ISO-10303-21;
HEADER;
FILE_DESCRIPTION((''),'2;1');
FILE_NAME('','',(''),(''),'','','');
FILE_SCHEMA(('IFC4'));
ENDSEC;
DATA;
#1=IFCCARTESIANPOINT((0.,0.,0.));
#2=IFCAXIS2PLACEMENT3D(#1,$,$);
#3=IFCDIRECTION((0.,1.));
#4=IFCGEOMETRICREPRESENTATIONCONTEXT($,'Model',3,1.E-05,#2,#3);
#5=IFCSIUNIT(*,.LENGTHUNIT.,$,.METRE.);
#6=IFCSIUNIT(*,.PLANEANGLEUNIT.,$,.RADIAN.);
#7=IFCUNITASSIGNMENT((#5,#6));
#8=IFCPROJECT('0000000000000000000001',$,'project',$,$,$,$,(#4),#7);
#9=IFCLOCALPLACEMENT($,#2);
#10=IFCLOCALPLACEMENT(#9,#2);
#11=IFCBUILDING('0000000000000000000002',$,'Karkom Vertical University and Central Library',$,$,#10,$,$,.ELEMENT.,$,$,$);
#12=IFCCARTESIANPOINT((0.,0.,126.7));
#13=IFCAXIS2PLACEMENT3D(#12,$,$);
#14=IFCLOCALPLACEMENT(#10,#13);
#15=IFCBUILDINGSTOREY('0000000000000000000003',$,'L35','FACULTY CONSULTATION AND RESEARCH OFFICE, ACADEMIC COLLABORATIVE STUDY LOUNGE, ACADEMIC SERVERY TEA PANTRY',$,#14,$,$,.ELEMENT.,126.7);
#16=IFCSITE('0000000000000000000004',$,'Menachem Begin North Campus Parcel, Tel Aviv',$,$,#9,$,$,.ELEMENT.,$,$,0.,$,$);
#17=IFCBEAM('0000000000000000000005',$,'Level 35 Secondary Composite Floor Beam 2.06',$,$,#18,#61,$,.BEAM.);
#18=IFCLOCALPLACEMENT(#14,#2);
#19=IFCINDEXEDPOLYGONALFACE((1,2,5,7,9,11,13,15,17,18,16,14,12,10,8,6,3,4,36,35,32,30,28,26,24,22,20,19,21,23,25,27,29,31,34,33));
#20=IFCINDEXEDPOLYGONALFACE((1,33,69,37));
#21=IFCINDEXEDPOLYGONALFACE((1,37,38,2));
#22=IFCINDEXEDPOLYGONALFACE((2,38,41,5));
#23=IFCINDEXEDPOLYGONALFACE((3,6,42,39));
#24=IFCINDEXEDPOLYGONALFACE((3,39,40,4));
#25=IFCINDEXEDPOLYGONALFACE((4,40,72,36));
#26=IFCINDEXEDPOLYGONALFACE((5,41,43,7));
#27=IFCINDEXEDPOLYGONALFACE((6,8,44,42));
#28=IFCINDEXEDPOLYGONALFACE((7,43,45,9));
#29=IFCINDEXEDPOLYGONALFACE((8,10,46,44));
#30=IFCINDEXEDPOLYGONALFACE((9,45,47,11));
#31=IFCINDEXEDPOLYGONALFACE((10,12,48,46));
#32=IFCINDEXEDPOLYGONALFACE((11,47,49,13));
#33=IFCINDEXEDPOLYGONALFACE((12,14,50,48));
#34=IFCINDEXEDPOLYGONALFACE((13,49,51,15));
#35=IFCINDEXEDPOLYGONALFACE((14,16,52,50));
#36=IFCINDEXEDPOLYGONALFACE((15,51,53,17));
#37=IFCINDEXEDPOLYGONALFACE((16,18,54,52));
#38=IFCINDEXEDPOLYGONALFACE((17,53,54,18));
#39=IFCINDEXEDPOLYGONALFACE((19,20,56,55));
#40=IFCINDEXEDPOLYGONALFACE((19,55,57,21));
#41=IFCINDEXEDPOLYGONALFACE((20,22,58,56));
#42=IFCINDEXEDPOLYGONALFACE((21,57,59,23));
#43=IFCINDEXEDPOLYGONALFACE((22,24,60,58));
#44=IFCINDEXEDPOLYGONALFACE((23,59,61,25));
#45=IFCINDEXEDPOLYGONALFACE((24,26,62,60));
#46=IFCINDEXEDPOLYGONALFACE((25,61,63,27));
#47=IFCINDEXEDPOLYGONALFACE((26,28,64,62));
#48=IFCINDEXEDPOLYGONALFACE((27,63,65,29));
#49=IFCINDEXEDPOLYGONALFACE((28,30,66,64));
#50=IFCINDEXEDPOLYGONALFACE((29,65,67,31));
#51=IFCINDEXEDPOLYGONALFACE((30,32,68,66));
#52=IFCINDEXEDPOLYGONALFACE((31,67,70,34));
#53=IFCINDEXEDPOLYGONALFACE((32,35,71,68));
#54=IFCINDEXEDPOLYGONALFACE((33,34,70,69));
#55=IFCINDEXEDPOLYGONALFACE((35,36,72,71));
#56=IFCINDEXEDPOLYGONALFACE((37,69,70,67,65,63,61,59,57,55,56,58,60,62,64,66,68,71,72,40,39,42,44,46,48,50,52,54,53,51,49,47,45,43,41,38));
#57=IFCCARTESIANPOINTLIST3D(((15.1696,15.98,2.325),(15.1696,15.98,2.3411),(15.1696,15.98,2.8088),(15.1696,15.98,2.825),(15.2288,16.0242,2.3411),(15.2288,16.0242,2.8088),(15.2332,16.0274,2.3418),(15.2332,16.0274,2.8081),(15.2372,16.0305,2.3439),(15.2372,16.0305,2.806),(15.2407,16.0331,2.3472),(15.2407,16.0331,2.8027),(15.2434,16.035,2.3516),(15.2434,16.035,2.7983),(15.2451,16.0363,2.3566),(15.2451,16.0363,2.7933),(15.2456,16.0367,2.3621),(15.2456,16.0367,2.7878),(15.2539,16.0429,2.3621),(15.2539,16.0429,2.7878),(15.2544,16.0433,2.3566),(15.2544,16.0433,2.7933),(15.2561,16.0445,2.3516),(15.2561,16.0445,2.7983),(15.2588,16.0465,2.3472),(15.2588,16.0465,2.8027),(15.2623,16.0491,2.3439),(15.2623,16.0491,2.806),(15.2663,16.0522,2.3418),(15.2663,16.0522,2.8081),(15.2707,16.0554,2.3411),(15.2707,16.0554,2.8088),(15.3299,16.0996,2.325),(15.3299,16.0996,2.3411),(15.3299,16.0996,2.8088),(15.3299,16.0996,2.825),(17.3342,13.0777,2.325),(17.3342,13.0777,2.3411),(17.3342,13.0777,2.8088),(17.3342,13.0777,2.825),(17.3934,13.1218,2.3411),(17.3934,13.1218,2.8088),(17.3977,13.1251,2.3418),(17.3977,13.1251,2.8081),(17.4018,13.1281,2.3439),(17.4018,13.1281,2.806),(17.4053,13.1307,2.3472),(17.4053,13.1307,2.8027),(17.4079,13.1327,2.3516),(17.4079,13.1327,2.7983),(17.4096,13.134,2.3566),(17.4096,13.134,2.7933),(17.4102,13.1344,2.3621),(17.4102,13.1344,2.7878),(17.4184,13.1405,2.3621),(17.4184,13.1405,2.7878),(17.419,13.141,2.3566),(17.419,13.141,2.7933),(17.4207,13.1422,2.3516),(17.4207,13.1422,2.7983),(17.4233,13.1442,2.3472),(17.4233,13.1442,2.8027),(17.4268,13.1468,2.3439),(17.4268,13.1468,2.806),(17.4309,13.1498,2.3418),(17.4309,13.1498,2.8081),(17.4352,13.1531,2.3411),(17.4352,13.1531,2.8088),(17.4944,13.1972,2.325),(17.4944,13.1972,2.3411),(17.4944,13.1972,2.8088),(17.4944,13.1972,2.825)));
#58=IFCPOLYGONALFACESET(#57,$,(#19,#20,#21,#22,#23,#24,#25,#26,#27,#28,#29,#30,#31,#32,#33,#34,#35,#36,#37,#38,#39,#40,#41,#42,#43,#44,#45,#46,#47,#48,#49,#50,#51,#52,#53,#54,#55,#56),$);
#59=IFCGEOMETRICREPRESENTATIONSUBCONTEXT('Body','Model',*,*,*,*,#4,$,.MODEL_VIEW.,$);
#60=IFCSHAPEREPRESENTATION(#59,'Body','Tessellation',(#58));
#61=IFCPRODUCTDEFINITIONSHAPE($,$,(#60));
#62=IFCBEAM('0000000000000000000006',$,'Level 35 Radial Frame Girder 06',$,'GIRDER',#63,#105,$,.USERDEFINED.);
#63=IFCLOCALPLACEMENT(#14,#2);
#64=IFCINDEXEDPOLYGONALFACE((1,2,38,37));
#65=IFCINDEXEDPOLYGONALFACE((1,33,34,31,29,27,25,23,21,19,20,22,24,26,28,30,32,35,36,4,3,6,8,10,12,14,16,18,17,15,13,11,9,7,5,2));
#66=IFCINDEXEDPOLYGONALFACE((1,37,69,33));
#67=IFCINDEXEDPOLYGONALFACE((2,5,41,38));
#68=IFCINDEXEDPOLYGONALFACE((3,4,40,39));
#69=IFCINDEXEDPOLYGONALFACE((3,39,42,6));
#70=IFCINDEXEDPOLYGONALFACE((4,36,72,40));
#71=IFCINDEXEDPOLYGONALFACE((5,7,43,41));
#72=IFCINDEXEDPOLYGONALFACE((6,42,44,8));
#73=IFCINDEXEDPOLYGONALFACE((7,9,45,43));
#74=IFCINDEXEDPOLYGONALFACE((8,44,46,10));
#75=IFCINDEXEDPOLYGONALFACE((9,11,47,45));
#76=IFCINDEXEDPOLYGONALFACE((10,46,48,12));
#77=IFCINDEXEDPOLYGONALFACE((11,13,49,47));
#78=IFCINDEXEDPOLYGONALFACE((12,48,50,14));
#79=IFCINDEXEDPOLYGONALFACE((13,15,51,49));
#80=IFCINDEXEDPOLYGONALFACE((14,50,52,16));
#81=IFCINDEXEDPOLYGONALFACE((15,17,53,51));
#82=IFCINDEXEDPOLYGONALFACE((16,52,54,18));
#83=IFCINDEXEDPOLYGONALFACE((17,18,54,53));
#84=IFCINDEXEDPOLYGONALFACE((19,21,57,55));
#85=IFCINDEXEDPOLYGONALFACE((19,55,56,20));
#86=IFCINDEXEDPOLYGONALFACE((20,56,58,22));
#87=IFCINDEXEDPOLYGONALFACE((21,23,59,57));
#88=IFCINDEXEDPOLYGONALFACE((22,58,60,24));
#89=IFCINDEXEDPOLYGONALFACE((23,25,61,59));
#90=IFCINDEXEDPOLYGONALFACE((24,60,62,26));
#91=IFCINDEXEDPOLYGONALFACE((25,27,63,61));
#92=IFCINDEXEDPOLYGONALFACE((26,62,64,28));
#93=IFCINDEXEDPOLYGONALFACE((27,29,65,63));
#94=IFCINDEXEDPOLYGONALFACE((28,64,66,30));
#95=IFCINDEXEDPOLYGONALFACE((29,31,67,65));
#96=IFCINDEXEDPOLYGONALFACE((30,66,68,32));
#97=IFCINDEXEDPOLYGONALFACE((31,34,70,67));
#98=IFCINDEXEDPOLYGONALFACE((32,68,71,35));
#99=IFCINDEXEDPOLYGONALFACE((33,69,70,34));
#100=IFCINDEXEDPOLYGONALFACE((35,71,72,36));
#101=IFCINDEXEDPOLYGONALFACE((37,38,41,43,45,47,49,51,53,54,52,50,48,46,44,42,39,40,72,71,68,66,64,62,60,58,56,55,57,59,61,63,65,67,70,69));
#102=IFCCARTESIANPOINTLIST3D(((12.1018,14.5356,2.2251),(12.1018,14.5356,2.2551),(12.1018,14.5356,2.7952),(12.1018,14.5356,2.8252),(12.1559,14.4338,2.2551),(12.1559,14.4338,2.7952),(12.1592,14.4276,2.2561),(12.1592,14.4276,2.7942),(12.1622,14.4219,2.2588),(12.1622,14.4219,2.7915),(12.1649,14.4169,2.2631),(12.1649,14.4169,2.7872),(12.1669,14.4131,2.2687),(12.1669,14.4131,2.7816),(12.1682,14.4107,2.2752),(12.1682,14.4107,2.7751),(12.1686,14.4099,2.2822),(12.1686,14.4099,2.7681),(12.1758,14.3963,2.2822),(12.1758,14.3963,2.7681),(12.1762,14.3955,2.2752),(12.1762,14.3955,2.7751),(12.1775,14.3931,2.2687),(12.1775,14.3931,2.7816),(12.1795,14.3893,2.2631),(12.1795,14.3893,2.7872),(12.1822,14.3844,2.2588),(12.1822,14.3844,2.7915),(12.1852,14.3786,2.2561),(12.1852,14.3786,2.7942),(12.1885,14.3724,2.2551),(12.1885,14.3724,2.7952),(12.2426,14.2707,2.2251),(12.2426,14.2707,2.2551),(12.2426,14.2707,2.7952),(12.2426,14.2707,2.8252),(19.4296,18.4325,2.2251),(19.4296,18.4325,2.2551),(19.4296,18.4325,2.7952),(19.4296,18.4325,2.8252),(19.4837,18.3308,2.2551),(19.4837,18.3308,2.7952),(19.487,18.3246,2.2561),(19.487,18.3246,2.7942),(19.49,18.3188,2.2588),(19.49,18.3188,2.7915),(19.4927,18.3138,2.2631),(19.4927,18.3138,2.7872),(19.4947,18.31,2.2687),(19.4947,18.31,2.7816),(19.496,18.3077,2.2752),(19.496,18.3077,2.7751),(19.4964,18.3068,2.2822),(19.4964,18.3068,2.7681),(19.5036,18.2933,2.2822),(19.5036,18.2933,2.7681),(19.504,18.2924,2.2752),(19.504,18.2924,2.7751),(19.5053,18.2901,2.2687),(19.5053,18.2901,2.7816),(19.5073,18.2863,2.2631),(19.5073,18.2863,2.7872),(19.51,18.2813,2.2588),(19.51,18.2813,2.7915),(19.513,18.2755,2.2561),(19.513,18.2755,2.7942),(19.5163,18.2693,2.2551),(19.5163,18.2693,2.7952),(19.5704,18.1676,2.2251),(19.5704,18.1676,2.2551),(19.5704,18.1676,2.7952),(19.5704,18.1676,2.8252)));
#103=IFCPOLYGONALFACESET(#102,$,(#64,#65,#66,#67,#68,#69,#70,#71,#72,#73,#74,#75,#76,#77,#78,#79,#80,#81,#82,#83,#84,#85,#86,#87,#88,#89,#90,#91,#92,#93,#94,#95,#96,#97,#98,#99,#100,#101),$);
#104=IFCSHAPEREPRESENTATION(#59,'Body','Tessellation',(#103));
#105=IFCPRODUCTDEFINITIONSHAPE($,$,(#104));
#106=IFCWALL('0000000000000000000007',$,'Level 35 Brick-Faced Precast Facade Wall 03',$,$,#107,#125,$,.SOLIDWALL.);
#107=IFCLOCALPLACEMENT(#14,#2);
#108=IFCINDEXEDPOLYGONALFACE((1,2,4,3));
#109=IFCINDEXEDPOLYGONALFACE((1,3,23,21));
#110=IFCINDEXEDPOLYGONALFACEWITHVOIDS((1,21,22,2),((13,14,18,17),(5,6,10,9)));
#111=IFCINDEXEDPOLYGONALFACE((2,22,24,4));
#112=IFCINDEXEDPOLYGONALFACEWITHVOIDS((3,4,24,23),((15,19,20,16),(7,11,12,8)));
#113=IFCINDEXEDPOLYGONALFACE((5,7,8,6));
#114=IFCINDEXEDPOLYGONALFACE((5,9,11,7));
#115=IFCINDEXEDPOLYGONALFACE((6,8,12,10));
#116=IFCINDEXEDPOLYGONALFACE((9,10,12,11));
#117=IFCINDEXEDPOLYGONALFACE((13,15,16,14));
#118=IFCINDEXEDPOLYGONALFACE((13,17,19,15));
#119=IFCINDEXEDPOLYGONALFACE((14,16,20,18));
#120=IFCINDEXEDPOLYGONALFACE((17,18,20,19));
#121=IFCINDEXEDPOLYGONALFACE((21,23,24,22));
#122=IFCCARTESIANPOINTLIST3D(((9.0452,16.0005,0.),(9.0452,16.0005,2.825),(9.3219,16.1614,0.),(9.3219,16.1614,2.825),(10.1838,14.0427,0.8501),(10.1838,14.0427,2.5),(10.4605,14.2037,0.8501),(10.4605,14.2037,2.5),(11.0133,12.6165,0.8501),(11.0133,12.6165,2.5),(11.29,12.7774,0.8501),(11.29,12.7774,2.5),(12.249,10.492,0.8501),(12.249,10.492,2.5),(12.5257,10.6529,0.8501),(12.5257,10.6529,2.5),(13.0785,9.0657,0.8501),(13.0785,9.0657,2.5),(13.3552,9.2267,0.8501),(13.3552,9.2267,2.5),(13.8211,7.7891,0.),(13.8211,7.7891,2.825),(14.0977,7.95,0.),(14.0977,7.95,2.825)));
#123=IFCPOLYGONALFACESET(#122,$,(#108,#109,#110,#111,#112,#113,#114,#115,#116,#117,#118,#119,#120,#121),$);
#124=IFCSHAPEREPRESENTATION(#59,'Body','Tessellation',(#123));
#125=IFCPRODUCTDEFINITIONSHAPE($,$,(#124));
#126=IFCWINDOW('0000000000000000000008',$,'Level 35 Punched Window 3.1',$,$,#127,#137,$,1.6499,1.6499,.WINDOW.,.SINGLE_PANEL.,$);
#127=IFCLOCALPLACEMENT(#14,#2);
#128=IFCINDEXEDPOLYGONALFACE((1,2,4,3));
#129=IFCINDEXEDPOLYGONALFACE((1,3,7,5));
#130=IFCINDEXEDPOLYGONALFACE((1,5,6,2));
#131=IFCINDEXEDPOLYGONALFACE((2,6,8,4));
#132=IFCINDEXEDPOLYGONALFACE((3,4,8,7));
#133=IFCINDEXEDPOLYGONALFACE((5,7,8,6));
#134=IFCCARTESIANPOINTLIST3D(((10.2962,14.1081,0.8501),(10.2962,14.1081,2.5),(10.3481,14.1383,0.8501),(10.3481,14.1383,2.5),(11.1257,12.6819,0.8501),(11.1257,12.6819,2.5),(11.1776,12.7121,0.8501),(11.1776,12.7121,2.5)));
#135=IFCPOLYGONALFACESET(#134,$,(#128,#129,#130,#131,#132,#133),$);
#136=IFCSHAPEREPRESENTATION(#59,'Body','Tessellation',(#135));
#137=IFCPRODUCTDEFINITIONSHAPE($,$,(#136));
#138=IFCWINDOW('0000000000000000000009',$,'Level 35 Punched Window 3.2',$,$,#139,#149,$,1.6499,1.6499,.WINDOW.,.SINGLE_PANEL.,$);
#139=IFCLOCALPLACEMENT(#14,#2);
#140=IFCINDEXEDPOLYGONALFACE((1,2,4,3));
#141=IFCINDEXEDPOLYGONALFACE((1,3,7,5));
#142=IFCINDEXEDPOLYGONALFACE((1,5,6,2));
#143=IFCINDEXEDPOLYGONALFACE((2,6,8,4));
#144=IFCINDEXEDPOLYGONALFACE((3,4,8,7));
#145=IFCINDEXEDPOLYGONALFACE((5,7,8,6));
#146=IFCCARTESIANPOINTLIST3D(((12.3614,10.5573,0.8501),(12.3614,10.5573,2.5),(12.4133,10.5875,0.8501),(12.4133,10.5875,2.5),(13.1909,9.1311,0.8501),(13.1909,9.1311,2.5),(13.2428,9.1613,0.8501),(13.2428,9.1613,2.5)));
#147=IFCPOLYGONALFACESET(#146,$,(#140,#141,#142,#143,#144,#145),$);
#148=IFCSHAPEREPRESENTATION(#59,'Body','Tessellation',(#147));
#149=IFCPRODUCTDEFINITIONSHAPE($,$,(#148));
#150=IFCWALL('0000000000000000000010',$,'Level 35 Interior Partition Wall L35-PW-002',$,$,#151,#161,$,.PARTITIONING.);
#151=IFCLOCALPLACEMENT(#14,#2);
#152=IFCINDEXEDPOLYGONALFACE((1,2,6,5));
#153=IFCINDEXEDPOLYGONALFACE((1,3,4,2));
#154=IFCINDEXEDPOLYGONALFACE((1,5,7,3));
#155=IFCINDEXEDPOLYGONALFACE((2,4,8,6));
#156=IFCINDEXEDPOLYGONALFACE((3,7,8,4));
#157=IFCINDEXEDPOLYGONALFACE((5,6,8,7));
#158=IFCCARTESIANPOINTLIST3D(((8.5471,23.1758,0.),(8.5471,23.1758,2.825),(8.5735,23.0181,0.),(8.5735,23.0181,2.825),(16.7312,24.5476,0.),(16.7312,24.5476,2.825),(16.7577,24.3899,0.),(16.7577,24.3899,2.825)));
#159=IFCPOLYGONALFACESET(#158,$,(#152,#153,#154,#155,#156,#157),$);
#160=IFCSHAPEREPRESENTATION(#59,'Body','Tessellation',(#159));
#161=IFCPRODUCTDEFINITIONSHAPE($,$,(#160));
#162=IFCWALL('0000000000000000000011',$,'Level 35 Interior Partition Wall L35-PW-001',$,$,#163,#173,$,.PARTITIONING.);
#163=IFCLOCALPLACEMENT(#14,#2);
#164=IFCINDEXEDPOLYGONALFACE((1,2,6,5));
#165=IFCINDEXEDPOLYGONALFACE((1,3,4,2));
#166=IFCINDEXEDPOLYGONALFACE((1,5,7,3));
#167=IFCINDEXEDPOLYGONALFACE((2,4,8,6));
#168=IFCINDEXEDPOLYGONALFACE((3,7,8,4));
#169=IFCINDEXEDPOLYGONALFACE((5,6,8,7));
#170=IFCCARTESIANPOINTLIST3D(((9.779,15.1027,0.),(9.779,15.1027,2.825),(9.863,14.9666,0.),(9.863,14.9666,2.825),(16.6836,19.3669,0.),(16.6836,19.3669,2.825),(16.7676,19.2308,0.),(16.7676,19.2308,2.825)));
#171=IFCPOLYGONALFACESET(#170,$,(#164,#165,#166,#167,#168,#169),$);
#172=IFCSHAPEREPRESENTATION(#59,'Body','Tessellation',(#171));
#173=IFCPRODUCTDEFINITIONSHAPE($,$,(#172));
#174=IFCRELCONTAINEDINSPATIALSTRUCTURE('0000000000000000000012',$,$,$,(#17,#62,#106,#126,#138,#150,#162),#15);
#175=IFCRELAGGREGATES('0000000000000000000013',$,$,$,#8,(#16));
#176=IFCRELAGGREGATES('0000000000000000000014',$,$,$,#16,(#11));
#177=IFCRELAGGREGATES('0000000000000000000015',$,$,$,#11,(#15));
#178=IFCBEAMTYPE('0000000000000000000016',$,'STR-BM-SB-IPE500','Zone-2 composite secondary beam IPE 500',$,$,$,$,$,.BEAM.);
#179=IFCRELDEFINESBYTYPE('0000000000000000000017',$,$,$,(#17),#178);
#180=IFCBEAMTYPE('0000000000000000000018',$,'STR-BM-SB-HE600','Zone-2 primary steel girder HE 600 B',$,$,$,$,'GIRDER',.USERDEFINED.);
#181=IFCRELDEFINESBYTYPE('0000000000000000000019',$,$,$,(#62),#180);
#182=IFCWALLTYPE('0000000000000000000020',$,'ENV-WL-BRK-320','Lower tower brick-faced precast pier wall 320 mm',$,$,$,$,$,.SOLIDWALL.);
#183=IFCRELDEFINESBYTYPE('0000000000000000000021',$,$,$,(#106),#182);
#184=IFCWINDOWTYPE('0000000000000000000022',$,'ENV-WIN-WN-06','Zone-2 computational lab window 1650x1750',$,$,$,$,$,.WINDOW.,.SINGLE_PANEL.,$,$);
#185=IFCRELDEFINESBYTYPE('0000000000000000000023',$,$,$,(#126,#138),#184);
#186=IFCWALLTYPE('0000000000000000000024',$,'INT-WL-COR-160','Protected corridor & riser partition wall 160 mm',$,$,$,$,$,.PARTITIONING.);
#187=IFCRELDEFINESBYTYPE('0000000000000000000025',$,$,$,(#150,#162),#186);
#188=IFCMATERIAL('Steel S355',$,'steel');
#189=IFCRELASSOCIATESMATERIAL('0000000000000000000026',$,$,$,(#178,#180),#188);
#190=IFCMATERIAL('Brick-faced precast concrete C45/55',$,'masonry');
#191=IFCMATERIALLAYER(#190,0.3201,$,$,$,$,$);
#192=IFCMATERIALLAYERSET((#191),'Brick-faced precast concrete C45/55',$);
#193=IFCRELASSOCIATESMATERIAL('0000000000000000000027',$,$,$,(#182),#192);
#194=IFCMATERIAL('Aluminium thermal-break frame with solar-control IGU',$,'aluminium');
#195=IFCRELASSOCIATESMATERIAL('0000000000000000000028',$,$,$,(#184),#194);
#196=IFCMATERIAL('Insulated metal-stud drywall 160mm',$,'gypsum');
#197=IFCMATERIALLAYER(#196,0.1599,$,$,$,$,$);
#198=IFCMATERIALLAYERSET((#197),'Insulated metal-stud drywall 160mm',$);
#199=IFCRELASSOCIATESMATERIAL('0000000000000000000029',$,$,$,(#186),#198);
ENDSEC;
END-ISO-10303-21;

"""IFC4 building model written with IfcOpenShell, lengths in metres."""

from ifc_helpers import new_model, si_unit, direction, frame, frame_2d, origin, origin_with_axes, origin_2d, place, context, subcontext, project, spatial, rectangle, i_section, extrude, source, transform, mapped, material, layer, layer_set, material_profile, profile_set, type_object, element, fill, save


model = new_model("IFC4")

# Units and contexts
model_context = context("Model", 3, precision=1e-05, world=origin(), true_north=direction((0.0, 1.0)))
body_context = subcontext(model_context, "Body", "Model", "MODEL_VIEW")
ifc_project = project(units=[si_unit("LENGTHUNIT", "METRE"), si_unit("PLANEANGLEUNIT", "RADIAN")], contexts=[model_context])

# Site, building, storey
site_placement = place(None, origin())
site = spatial("IfcSite", under=ifc_project, at=site_placement, Name="Menachem Begin North Campus Parcel, Tel Aviv", CompositionType="ELEMENT", RefElevation=0.0)
building_placement = place(site_placement, origin())
building = spatial("IfcBuilding", under=site, at=building_placement, Name="Karkom Vertical University and Central Library", CompositionType="ELEMENT")
storey_placement = place(building_placement, frame((0.0, 0.0, 126.7)))
storey = spatial("IfcBuildingStorey", under=building, at=storey_placement, Name="L35", Description="FACULTY CONSULTATION AND RESEARCH OFFICE, ACADEMIC COLLABORATIVE STUDY LOUNGE, ACADEMIC SERVERY TEA PANTRY", CompositionType="ELEMENT", Elevation=126.7)

# Beams
ifc_material_1 = material(Name="Steel S355", Category="steel")
ifc_material_profile_1 = material_profile(ifc_material_1, i_section(OverallWidth=0.2, OverallDepth=0.5, WebThickness=0.0103, FlangeThickness=0.0161, FilletRadius=0.021, at=origin_2d()), Name="IPE 500")
ifc_profile_set_1 = profile_set([ifc_material_profile_1], Name="Steel S355")
beam_type_1 = type_object("IfcBeamType", Name="STR-BM-SB-IPE500", Description="Zone-2 composite secondary beam IPE 500", PredefinedType="BEAM", material=ifc_profile_set_1)
shared_shape_1 = source(origin_with_axes(), body_context, "Body", "SweptSolid", [
    extrude(i_section(OverallWidth=0.2, OverallDepth=0.5, WebThickness=0.0103, FlangeThickness=0.0161, FilletRadius=0.021, at=origin_2d()), origin(), (0.0, 0.0, 1.0), 3.6206),
])
beam_1_placement = place(storey_placement, frame((15.2498, 16.0398, 2.575), z_axis=(0.59784, -0.801615, 0.0), x_axis=(0.801615, 0.59784, 0.0)))
element("IfcBeam", 1, at=beam_1_placement, inside=storey, type_object=beam_type_1, Name="Level 35 Secondary Composite Floor Beam 2.06", PredefinedType="BEAM", context=body_context, shape_type="MappedRepresentation", body=[
    mapped(shared_shape_1, transform((0.0, 0.0, 0.0), scale=1.0)),
])
ifc_material_profile_2 = material_profile(ifc_material_1, i_section(OverallWidth=0.3, OverallDepth=0.6001, WebThickness=0.0154, FlangeThickness=0.03, FilletRadius=0.0271, at=origin_2d()), Name="HE 600 B")
ifc_profile_set_2 = profile_set([ifc_material_profile_2], Name="Steel S355")
beam_type_2 = type_object("IfcBeamType", Name="STR-BM-SB-HE600", Description="Zone-2 primary steel girder HE 600 B", ElementType="GIRDER", PredefinedType="USERDEFINED", material=ifc_profile_set_2)
shared_shape_2 = source(origin_with_axes(), body_context, "Body", "SweptSolid", [
    extrude(i_section(OverallWidth=0.3, OverallDepth=0.6001, WebThickness=0.0154, FlangeThickness=0.03, FilletRadius=0.0271, at=origin_2d()), origin(), (0.0, 0.0, 1.0), 8.2996),
])
beam_2_placement = place(storey_placement, frame((19.5, 18.3, 2.5251), z_axis=(-0.882914, -0.469534, 0.0), x_axis=(0.469534, -0.882914, 0.0)))
element("IfcBeam", 2, at=beam_2_placement, inside=storey, type_object=beam_type_2, Name="Level 35 Radial Frame Girder 06", ObjectType="GIRDER", PredefinedType="USERDEFINED", context=body_context, shape_type="MappedRepresentation", body=[
    mapped(shared_shape_2, transform((0.0, 0.0, 0.0), scale=1.0)),
])

# Wall, openings, windows
ifc_material_2 = material(Name="Brick-faced precast concrete C45/55", Category="masonry")
ifc_layer_1 = layer(ifc_material_2, 0.3201)
ifc_layer_set_1 = layer_set([ifc_layer_1], Name="Brick-faced precast concrete C45/55")
wall_type_1 = type_object("IfcWallType", Name="ENV-WL-BRK-320", Description="Lower tower brick-faced precast pier wall 320 mm", PredefinedType="SOLIDWALL", material=ifc_layer_set_1)
wall_1_placement = place(storey_placement, frame((9.1836, 16.0808, 0.0), z_axis=(0.0, 0.0, 1.0), x_axis=(0.502762, -0.864425, 0.0)))
wall_1 = element("IfcWall", 3, at=wall_1_placement, inside=storey, type_object=wall_type_1, Name="Level 35 Brick-Faced Precast Facade Wall 03", PredefinedType="SOLIDWALL", context=body_context, shape_type="SweptSolid", body=[
    extrude(rectangle(XDim=9.4993, YDim=0.3201, at=frame_2d((4.7495, 0.0))), origin(), (0.0, 0.0, 1.0), 2.825),
])
opening_1_placement = place(wall_1_placement, frame((2.2646, 0.0, 0.8501)))
opening_1 = element("IfcOpeningElement", 4, at=opening_1_placement, cuts=wall_1, PredefinedType="OPENING", context=body_context, shape_type="SweptSolid", body=[
    extrude(rectangle(XDim=1.6499, YDim=1.6499, at=frame_2d((0.825, 0.825))), frame((0.0, 0.1699, 0.0), z_axis=(0.0, -1.0, 0.0), x_axis=(1.0, 0.0, 0.0)), (0.0, 0.0, 1.0), 0.3401),
])
opening_2_placement = place(wall_1_placement, frame((6.3723, 0.0, 0.8501)))
opening_2 = element("IfcOpeningElement", 5, at=opening_2_placement, cuts=wall_1, PredefinedType="OPENING", context=body_context, shape_type="SweptSolid", body=[
    extrude(rectangle(XDim=1.6499, YDim=1.6499, at=frame_2d((0.825, 0.825))), frame((0.0, 0.1699, 0.0), z_axis=(0.0, -1.0, 0.0), x_axis=(1.0, 0.0, 0.0)), (0.0, 0.0, 1.0), 0.3401),
])
ifc_material_3 = material(Name="Aluminium thermal-break frame with solar-control IGU", Category="aluminium")
window_type = type_object("IfcWindowType", Name="ENV-WIN-WN-06", Description="Zone-2 computational lab window 1650x1750", PartitioningType="SINGLE_PANEL", PredefinedType="WINDOW", material=ifc_material_3)
shared_shape_3 = source(origin_with_axes(), body_context, "Body", "SweptSolid", [
    extrude(rectangle(XDim=1.6499, YDim=1.6499, at=frame_2d((0.825, 0.825))), frame((0.0, 0.03, 0.0), z_axis=(0.0, -1.0, 0.0), x_axis=(1.0, 0.0, 0.0)), (0.0, 0.0, 1.0), 0.0601),
])
window_1_placement = place(opening_1_placement, origin())
window_1 = element("IfcWindow", 6, at=window_1_placement, inside=storey, type_object=window_type, Name="Level 35 Punched Window 3.1", OverallHeight=1.6499, OverallWidth=1.6499, PartitioningType="SINGLE_PANEL", PredefinedType="WINDOW", context=body_context, shape_type="MappedRepresentation", body=[
    mapped(shared_shape_3, transform((0.0, 0.0, 0.0), scale=1.0)),
])
fill(opening_1, window_1)
window_2_placement = place(opening_2_placement, origin())
window_2 = element("IfcWindow", 7, at=window_2_placement, inside=storey, type_object=window_type, Name="Level 35 Punched Window 3.2", OverallHeight=1.6499, OverallWidth=1.6499, PartitioningType="SINGLE_PANEL", PredefinedType="WINDOW", context=body_context, shape_type="MappedRepresentation", body=[
    mapped(shared_shape_3, transform((0.0, 0.0, 0.0), scale=1.0)),
])
fill(opening_2, window_2)

# Shared definitions
ifc_material_4 = material(Name="Insulated metal-stud drywall 160mm", Category="gypsum")
ifc_layer_2 = layer(ifc_material_4, 0.1599)
ifc_layer_set_2 = layer_set([ifc_layer_2], Name="Insulated metal-stud drywall 160mm")
wall_type_2 = type_object("IfcWallType", Name="INT-WL-COR-160", Description="Protected corridor & riser partition wall 160 mm", PredefinedType="PARTITIONING", material=ifc_layer_set_2)

# Walls
wall_2_placement = place(storey_placement, frame((8.5603, 23.0969, 0.0), z_axis=(0.0, 0.0, 1.0), x_axis=(0.986241, 0.165315, 0.0)))
element("IfcWall", 8, at=wall_2_placement, inside=storey, type_object=wall_type_2, Name="Level 35 Interior Partition Wall L35-PW-002", PredefinedType="PARTITIONING", context=body_context, shape_type="SweptSolid", body=[
    extrude(rectangle(XDim=8.2983, YDim=0.1599, at=frame_2d((4.1492, 0.0))), origin(), (0.0, 0.0, 1.0), 2.825),
])
wall_3_placement = place(storey_placement, frame((16.7256, 19.2988, 0.0), z_axis=(0.0, 0.0, 1.0), x_axis=(-0.850821, -0.525456, 0.0)))
element("IfcWall", 9, at=wall_3_placement, inside=storey, type_object=wall_type_2, Name="Level 35 Interior Partition Wall L35-PW-001", PredefinedType="PARTITIONING", context=body_context, shape_type="SweptSolid", body=[
    extrude(rectangle(XDim=8.1152, YDim=0.1599, at=frame_2d((4.0576, 0.0))), origin(), (0.0, 0.0, 1.0), 2.825),
])

save(model, "model.ifc")
